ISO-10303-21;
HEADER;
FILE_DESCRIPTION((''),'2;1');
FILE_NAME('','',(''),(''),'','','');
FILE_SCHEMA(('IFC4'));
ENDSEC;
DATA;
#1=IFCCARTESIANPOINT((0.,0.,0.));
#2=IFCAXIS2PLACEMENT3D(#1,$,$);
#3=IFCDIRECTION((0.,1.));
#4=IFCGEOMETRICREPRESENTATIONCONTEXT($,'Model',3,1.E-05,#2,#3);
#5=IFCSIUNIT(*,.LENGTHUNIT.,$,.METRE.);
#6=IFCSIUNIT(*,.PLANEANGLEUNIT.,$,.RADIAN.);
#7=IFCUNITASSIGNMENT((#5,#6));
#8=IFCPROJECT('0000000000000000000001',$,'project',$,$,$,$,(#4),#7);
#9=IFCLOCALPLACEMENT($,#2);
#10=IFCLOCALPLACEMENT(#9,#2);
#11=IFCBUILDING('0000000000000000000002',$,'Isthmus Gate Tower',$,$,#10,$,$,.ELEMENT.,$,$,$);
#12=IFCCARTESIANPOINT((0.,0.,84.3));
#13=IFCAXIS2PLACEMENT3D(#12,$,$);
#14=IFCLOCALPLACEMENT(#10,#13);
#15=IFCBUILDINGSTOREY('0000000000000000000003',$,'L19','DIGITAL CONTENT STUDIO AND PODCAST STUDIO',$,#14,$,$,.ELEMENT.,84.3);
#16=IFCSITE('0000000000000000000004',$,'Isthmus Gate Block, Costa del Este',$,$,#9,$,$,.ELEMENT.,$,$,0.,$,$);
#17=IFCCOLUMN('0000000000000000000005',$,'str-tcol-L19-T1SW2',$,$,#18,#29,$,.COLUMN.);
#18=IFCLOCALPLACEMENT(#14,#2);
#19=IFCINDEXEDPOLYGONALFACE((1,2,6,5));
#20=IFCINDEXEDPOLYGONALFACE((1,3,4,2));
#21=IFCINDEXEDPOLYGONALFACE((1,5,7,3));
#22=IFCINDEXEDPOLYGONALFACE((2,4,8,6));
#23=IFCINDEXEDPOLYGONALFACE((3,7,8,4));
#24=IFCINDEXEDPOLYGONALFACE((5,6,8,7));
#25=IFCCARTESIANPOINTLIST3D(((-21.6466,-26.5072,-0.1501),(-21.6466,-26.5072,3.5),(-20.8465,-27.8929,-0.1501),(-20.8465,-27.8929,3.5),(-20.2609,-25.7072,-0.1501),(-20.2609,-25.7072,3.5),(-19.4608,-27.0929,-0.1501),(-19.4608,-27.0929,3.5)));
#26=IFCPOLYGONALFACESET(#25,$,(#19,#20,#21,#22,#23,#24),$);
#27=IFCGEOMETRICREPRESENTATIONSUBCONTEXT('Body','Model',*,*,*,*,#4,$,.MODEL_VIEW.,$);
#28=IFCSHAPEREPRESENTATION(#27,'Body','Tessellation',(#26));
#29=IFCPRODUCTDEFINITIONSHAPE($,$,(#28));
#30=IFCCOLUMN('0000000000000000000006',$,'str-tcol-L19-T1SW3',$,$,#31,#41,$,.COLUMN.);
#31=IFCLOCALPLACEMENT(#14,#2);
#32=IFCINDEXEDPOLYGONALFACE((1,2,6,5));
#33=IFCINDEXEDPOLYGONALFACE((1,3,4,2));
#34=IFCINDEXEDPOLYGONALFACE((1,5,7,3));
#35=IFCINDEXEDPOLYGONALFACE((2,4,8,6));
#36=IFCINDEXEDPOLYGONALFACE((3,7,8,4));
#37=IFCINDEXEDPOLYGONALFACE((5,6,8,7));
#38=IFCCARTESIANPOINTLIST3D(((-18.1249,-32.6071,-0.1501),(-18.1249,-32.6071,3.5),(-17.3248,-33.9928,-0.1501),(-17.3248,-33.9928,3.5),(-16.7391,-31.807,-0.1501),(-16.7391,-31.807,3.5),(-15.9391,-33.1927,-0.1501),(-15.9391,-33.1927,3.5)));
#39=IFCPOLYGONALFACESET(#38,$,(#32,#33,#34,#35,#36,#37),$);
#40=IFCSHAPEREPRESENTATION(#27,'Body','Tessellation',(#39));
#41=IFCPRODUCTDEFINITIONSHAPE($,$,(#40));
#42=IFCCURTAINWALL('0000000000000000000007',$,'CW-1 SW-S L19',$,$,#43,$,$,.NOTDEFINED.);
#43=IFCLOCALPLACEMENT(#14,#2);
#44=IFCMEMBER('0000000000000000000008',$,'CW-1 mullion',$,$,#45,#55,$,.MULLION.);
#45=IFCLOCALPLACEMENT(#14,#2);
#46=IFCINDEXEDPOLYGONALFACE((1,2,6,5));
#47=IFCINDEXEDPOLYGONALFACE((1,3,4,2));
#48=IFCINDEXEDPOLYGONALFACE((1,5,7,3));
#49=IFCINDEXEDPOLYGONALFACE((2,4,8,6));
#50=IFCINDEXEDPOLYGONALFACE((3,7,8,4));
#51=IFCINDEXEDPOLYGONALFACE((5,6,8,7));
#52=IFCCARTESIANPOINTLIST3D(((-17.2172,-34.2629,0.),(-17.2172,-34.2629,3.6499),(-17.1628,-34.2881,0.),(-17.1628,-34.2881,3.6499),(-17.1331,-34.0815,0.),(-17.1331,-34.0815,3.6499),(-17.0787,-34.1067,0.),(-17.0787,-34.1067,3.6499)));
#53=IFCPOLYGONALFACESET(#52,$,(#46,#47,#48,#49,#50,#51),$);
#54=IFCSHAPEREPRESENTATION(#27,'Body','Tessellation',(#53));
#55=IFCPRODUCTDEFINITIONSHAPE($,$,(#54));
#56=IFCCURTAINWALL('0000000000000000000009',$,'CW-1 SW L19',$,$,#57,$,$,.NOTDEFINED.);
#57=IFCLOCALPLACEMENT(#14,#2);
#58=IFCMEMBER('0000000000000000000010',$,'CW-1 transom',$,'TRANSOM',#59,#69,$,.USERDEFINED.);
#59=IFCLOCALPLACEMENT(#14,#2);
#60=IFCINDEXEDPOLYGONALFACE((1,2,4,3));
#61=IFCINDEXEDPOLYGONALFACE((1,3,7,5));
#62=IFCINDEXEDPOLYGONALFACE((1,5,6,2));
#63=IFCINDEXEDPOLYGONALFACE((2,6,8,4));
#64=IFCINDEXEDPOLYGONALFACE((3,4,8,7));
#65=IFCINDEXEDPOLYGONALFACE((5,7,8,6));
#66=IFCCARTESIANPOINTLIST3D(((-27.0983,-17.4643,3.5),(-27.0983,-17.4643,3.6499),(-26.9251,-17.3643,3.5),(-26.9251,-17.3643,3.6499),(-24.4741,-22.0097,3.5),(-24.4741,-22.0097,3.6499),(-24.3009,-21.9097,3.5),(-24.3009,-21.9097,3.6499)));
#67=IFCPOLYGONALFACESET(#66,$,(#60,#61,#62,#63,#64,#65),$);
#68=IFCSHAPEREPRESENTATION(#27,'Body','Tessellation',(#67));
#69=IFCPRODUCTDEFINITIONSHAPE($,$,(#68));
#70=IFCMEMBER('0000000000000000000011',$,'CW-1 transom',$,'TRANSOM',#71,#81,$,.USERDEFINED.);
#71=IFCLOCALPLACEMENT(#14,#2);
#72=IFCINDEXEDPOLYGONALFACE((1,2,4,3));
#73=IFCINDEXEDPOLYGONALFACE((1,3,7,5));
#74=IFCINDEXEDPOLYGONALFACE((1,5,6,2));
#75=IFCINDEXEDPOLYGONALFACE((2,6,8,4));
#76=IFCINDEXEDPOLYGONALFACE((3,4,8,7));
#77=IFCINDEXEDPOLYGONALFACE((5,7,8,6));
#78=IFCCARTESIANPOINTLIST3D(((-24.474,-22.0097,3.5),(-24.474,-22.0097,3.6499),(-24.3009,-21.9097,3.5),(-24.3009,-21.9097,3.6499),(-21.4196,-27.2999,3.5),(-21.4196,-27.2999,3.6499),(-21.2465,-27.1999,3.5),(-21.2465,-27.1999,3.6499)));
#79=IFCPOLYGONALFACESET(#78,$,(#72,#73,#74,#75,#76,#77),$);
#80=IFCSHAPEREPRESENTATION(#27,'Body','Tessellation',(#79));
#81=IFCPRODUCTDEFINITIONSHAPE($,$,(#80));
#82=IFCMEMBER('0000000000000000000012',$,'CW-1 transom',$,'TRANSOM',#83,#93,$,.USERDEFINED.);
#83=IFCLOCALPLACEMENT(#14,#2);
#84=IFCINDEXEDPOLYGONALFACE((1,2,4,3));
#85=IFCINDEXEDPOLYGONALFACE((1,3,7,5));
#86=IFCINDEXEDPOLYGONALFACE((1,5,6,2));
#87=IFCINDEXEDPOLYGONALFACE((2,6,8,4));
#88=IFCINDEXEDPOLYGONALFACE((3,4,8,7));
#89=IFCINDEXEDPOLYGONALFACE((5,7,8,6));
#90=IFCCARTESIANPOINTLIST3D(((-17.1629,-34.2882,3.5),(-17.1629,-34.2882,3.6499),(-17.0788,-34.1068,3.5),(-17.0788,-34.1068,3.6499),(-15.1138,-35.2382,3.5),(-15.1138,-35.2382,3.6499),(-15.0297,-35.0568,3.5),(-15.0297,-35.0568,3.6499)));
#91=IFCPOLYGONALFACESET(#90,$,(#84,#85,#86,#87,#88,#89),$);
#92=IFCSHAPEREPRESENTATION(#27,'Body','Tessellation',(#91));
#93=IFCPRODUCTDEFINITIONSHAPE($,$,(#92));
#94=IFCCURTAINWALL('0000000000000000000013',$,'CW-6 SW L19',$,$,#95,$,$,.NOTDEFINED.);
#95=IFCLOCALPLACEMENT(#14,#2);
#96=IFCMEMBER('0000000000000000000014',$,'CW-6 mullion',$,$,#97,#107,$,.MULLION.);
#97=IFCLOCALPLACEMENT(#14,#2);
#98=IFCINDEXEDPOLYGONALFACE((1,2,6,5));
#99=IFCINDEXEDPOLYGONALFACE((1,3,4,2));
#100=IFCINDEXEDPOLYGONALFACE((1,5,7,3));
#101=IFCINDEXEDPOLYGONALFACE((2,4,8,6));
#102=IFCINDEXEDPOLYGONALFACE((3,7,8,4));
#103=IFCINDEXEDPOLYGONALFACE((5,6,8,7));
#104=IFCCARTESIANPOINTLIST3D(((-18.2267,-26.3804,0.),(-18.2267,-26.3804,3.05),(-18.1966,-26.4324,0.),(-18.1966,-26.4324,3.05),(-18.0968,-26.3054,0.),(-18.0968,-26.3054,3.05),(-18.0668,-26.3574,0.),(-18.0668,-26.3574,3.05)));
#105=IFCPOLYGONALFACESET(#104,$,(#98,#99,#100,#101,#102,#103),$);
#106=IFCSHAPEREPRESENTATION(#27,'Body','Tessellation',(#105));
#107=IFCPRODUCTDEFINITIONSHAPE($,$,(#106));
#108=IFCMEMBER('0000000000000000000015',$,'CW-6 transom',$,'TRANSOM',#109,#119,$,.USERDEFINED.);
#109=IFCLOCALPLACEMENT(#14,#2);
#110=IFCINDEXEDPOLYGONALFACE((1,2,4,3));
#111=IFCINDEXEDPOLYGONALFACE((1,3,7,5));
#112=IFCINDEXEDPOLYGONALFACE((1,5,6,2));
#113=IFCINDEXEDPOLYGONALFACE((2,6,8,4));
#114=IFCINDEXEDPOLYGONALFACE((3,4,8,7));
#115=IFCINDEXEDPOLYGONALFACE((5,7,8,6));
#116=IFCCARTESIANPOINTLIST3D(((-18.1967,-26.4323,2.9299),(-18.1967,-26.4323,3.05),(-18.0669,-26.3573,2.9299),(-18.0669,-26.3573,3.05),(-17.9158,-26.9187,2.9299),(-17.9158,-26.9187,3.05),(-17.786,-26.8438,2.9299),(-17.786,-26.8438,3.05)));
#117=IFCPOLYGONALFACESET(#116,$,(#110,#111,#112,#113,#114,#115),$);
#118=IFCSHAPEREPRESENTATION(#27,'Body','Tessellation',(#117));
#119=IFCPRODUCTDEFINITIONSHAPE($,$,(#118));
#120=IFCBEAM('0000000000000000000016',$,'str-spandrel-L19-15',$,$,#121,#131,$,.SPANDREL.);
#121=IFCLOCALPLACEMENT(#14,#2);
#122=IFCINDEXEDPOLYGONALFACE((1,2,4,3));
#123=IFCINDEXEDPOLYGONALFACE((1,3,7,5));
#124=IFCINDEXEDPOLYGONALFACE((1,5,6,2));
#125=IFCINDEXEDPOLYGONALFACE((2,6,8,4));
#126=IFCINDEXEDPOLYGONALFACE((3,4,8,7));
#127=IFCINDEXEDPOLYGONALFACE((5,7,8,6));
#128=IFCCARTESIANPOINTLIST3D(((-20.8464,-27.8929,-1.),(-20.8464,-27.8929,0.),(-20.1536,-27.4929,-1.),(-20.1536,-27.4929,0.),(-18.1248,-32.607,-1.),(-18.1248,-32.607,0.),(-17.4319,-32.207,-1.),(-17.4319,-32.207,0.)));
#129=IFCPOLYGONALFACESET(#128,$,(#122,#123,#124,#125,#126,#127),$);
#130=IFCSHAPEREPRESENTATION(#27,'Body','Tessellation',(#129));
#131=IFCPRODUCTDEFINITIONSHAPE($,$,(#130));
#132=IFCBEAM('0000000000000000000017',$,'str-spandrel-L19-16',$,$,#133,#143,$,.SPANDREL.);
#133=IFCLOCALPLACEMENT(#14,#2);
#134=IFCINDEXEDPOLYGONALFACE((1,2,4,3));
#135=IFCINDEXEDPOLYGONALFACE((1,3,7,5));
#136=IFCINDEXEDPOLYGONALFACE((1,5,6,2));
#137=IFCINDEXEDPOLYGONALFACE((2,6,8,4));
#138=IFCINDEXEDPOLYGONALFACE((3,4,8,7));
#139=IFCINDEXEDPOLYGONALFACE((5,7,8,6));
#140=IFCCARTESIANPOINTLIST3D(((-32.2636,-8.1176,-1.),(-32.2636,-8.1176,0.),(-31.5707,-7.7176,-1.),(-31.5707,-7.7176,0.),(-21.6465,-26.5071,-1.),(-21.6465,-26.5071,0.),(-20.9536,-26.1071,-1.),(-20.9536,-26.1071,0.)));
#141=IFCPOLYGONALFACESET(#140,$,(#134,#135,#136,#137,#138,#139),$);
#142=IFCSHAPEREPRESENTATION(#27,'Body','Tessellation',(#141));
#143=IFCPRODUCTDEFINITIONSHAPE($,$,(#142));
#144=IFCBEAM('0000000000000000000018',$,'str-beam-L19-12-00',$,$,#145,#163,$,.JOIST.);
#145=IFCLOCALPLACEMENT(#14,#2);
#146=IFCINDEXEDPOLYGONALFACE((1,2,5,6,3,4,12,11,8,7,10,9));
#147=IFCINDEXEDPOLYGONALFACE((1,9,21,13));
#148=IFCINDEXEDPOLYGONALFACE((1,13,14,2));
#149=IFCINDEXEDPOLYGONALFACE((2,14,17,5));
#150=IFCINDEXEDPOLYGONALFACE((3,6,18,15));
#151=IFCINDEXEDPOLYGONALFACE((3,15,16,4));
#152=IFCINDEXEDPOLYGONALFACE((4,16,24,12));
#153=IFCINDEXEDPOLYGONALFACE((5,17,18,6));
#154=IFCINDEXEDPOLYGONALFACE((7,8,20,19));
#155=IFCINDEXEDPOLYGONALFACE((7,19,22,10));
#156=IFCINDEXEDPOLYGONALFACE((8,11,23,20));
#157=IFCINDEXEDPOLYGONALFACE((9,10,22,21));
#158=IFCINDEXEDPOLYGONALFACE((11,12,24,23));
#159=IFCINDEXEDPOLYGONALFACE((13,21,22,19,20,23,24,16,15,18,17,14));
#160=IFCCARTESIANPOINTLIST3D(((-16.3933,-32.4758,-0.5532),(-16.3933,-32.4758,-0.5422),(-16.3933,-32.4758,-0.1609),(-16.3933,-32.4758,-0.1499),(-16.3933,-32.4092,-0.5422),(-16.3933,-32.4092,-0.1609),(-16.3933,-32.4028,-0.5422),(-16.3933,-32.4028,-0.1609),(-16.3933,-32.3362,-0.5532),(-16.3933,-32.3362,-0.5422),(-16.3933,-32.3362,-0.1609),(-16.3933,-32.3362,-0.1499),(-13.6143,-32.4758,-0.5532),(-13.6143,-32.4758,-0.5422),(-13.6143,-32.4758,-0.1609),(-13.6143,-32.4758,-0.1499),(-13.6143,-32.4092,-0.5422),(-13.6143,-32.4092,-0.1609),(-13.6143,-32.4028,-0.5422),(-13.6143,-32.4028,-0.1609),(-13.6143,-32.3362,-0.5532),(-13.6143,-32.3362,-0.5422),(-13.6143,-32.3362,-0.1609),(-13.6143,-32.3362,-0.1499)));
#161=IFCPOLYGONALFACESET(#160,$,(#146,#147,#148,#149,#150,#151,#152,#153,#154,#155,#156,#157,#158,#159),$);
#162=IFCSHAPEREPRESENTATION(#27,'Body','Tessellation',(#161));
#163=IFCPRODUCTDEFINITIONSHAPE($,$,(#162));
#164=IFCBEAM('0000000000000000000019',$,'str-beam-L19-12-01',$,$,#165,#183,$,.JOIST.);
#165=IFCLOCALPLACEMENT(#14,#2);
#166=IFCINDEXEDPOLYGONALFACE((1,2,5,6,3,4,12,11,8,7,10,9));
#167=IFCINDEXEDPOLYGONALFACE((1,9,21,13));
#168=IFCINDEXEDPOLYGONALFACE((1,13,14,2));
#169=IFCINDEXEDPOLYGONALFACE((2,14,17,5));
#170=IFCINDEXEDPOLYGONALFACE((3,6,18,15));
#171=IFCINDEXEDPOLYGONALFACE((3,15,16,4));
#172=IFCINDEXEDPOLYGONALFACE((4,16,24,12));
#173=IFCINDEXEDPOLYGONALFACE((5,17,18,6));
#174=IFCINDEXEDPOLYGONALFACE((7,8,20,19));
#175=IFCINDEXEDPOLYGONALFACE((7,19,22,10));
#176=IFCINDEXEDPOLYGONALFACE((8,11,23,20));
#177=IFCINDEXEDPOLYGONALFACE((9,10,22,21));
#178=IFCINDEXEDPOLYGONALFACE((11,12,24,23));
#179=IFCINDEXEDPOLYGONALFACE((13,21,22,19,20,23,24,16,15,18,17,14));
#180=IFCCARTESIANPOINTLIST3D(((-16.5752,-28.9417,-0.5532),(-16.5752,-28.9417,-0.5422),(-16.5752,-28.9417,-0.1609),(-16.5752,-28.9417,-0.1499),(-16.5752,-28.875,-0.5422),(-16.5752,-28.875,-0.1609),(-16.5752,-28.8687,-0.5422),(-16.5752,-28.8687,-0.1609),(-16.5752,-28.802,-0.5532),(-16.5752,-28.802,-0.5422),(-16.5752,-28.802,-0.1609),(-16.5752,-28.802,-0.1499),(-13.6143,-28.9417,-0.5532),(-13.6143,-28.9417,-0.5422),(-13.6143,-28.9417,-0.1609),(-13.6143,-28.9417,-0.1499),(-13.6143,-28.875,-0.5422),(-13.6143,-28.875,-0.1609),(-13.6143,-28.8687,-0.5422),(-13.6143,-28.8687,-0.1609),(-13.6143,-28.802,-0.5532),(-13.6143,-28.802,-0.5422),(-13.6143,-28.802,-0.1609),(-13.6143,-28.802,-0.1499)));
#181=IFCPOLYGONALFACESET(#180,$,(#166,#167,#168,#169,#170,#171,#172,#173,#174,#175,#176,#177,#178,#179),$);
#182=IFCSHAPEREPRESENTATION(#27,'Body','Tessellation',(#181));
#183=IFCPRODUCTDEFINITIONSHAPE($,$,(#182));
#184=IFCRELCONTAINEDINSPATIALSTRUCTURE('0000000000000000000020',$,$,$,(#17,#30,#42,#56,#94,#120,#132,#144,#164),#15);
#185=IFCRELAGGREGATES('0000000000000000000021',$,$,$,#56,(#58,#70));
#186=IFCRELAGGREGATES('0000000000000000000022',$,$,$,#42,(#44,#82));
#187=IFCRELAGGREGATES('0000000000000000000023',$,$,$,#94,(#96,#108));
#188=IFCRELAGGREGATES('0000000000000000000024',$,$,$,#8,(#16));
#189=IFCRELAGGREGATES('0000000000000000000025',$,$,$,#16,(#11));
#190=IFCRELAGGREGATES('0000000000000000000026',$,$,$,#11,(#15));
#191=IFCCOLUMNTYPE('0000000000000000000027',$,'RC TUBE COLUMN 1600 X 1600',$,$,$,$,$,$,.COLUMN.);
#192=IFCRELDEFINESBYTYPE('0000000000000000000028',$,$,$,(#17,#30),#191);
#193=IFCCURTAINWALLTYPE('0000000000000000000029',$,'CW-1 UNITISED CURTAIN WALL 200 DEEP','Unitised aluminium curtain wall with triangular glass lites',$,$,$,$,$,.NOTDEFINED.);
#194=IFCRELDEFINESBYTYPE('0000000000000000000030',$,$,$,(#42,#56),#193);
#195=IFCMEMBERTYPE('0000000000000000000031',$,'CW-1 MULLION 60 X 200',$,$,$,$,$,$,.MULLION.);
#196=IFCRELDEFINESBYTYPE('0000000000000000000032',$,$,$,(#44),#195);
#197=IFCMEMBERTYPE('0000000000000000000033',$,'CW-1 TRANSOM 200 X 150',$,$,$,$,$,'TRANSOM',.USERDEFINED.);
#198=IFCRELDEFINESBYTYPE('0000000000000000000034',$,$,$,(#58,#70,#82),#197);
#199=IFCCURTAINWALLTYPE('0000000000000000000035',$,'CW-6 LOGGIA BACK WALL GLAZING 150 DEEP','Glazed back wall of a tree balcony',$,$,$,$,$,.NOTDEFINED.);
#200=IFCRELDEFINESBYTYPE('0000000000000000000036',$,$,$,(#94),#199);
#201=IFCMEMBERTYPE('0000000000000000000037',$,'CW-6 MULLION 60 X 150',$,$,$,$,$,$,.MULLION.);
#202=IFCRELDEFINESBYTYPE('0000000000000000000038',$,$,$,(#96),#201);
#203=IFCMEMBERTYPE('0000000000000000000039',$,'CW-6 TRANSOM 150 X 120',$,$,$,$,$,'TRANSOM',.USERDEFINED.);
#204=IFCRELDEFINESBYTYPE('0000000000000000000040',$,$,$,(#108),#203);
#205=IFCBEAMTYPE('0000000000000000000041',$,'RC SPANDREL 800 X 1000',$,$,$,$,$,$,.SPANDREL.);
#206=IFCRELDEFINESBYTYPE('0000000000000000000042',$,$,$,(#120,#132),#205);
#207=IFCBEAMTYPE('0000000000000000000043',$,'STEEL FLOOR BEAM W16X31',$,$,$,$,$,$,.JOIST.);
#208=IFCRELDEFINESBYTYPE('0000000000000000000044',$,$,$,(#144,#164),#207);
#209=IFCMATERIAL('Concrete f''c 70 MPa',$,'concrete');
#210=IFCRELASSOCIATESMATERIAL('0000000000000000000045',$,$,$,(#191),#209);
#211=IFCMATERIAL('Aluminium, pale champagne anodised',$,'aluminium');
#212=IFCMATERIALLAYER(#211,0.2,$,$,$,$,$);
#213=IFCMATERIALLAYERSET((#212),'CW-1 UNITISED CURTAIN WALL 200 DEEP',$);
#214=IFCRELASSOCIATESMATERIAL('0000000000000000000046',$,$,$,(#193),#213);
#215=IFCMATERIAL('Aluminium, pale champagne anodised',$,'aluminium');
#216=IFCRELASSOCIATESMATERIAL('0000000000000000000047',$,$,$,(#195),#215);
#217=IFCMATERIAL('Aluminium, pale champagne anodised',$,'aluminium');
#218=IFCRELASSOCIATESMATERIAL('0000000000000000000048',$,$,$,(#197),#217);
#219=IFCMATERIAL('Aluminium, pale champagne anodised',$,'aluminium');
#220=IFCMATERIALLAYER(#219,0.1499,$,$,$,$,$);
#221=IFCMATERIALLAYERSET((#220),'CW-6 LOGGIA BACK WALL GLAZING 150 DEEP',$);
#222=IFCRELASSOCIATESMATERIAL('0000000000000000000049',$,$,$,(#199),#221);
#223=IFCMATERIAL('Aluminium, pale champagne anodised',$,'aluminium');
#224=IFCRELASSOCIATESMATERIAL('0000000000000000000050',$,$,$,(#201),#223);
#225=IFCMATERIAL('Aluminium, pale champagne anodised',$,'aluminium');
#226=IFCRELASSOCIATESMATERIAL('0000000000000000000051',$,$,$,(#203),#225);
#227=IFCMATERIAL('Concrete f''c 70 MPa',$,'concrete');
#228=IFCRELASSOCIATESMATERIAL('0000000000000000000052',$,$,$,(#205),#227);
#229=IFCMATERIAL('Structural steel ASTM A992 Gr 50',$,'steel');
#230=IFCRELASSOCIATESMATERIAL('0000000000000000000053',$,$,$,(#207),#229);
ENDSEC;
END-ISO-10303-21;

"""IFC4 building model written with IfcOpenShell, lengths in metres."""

from ifc_helpers import new_model, si_unit, direction, frame, origin, origin_2d, place, context, subcontext, project, spatial, rectangle, i_section, extrude, material, layer, layer_set, material_profile, profile_set, type_object, element, aggregate, save


model = new_model("IFC4")

# Units and contexts
model_context = context("Model", 3, precision=1e-05, world=origin(), true_north=direction((0.0, 1.0)))
body_context = subcontext(model_context, "Body", "Model", "MODEL_VIEW")
ifc_project = project(units=[si_unit("LENGTHUNIT", "METRE"), si_unit("PLANEANGLEUNIT", "RADIAN")], contexts=[model_context])

# Site, building, storey
site_placement = place(None, origin())
site = spatial("IfcSite", under=ifc_project, at=site_placement, Name="Isthmus Gate Block, Costa del Este", CompositionType="ELEMENT", RefElevation=0.0)
building_placement = place(site_placement, origin())
building = spatial("IfcBuilding", under=site, at=building_placement, Name="Isthmus Gate Tower", CompositionType="ELEMENT")
storey_placement = place(building_placement, frame((0.0, 0.0, 84.3)))
storey = spatial("IfcBuildingStorey", under=building, at=storey_placement, Name="L19", Description="DIGITAL CONTENT STUDIO AND PODCAST STUDIO", CompositionType="ELEMENT", Elevation=84.3)

# Columns
ifc_material_1 = material(Name="Concrete f'c 70 MPa", Category="concrete")
ifc_material_profile_1 = material_profile(ifc_material_1, rectangle(XDim=1.6001, YDim=1.6001, at=origin_2d()), Name="RC 1600X1600")
ifc_profile_set_1 = profile_set([ifc_material_profile_1], Name="Concrete f'c 70 MPa")
column_type = type_object("IfcColumnType", Name="RC TUBE COLUMN 1600 X 1600", PredefinedType="COLUMN", material=ifc_profile_set_1)
for number, where, z_axis, x_axis, name in (
    (1, (-20.5537, -26.8, -0.1501), (0.0, 0.0, 1.0), (0.5, -0.866025, 0.0), "str-tcol-L19-T1SW2"),
    (2, (-17.032, -32.8999, -0.1501), (0.0, 0.0, 1.0), (0.5, -0.866025, 0.0), "str-tcol-L19-T1SW3"),
):
    element("IfcColumn", number, at=place(storey_placement, frame(where, z_axis=z_axis, x_axis=x_axis)), inside=storey, type_object=column_type, Name=name, PredefinedType="COLUMN", context=body_context, shape_type="SweptSolid", body=[
        extrude(rectangle(XDim=1.6001, YDim=1.6001, at=origin_2d()), origin(), (0.0, 0.0, 1.0), 3.6501),
    ])

# Curtain wall, member
ifc_material_2 = material(Name="Aluminium, pale champagne anodised", Category="aluminium")
ifc_layer_1 = layer(ifc_material_2, 0.2)
ifc_layer_set_1 = layer_set([ifc_layer_1], Name="CW-1 UNITISED CURTAIN WALL 200 DEEP")
curtain_wall_type_1 = type_object("IfcCurtainWallType", Name="CW-1 UNITISED CURTAIN WALL 200 DEEP", Description="Unitised aluminium curtain wall with triangular glass lites", PredefinedType="NOTDEFINED", material=ifc_layer_set_1)
curtain_wall_1_placement = place(storey_placement, origin())
curtain_wall_1 = element("IfcCurtainWall", 3, at=curtain_wall_1_placement, inside=storey, type_object=curtain_wall_type_1, Name="CW-1 SW-S L19", PredefinedType="NOTDEFINED")
ifc_material_3 = material(Name="Aluminium, pale champagne anodised", Category="aluminium")
ifc_material_profile_2 = material_profile(ifc_material_3, rectangle(XDim=0.0601, YDim=0.2, at=origin_2d()), Name="60x200")
ifc_profile_set_2 = profile_set([ifc_material_profile_2], Name="Aluminium, pale champagne anodised")
member_type_1 = type_object("IfcMemberType", Name="CW-1 MULLION 60 X 200", PredefinedType="MULLION", material=ifc_profile_set_2)
member_1_placement = place(storey_placement, frame((-17.1479, -34.1848, 0.0), z_axis=(0.0, 0.0, 1.0), x_axis=(0.907256, -0.420578, 0.0)))
member_1 = element("IfcMember", 4, at=member_1_placement, type_object=member_type_1, Name="CW-1 mullion", PredefinedType="MULLION", context=body_context, shape_type="SweptSolid", body=[
    extrude(rectangle(XDim=0.0601, YDim=0.2, at=origin_2d()), origin(), (0.0, 0.0, 1.0), 3.6499),
])

# Curtain wall, members
curtain_wall_2_placement = place(storey_placement, origin())
curtain_wall_2 = element("IfcCurtainWall", 5, at=curtain_wall_2_placement, inside=storey, type_object=curtain_wall_type_1, Name="CW-1 SW L19", PredefinedType="NOTDEFINED")
ifc_material_4 = material(Name="Aluminium, pale champagne anodised", Category="aluminium")
ifc_material_profile_3 = material_profile(ifc_material_4, rectangle(XDim=0.2, YDim=0.1499, at=origin_2d()), Name="200x150")
ifc_profile_set_3 = profile_set([ifc_material_profile_3], Name="Aluminium, pale champagne anodised")
member_type_2 = type_object("IfcMemberType", Name="CW-1 TRANSOM 200 X 150", ElementType="TRANSOM", PredefinedType="USERDEFINED", material=ifc_profile_set_3)
member_2_placement = place(storey_placement, frame((-27.0117, -17.4143, 3.575), z_axis=(0.499996, -0.866028, 0.0), x_axis=(0.866028, 0.499996, 0.0)))
member_2 = element("IfcMember", 6, at=member_2_placement, type_object=member_type_2, Name="CW-1 transom", ObjectType="TRANSOM", PredefinedType="USERDEFINED", context=body_context, shape_type="SweptSolid", body=[
    extrude(rectangle(XDim=0.2, YDim=0.1499, at=origin_2d()), origin(), (0.0, 0.0, 1.0), 5.2485),
])
member_3_placement = place(storey_placement, frame((-24.3875, -21.9597, 3.575), z_axis=(0.500012, -0.866019, 0.0), x_axis=(0.866019, 0.500012, 0.0)))
member_3 = element("IfcMember", 7, at=member_3_placement, type_object=member_type_2, Name="CW-1 transom", ObjectType="TRANSOM", PredefinedType="USERDEFINED", context=body_context, shape_type="SweptSolid", body=[
    extrude(rectangle(XDim=0.2, YDim=0.1499, at=origin_2d()), origin(), (0.0, 0.0, 1.0), 6.1086),
])

# Member
member_4_placement = place(storey_placement, frame((-17.1208, -34.1975, 3.575), z_axis=(0.907246, -0.4206, 0.0), x_axis=(0.4206, 0.907246, 0.0)))
member_4 = element("IfcMember", 8, at=member_4_placement, type_object=member_type_2, Name="CW-1 transom", ObjectType="TRANSOM", PredefinedType="USERDEFINED", context=body_context, shape_type="SweptSolid", body=[
    extrude(rectangle(XDim=0.2, YDim=0.1499, at=origin_2d()), origin(), (0.0, 0.0, 1.0), 2.2585),
])

# Curtain wall, members
ifc_material_5 = material(Name="Aluminium, pale champagne anodised", Category="aluminium")
ifc_layer_2 = layer(ifc_material_5, 0.1499)
ifc_layer_set_2 = layer_set([ifc_layer_2], Name="CW-6 LOGGIA BACK WALL GLAZING 150 DEEP")
curtain_wall_type_2 = type_object("IfcCurtainWallType", Name="CW-6 LOGGIA BACK WALL GLAZING 150 DEEP", Description="Glazed back wall of a tree balcony", PredefinedType="NOTDEFINED", material=ifc_layer_set_2)
curtain_wall_3_placement = place(storey_placement, origin())
curtain_wall_3 = element("IfcCurtainWall", 9, at=curtain_wall_3_placement, inside=storey, type_object=curtain_wall_type_2, Name="CW-6 SW L19", PredefinedType="NOTDEFINED")
ifc_material_6 = material(Name="Aluminium, pale champagne anodised", Category="aluminium")
ifc_material_profile_4 = material_profile(ifc_material_6, rectangle(XDim=0.0601, YDim=0.1499, at=origin_2d()), Name="60x150")
ifc_profile_set_4 = profile_set([ifc_material_profile_4], Name="Aluminium, pale champagne anodised")
member_type_3 = type_object("IfcMemberType", Name="CW-6 MULLION 60 X 150", PredefinedType="MULLION", material=ifc_profile_set_4)
member_5_placement = place(storey_placement, frame((-18.1467, -26.3689, 0.0), z_axis=(0.0, 0.0, 1.0), x_axis=(0.5, -0.866025, 0.0)))
member_5 = element("IfcMember", 10, at=member_5_placement, type_object=member_type_3, Name="CW-6 mullion", PredefinedType="MULLION", context=body_context, shape_type="SweptSolid", body=[
    extrude(rectangle(XDim=0.0601, YDim=0.1499, at=origin_2d()), origin(), (0.0, 0.0, 1.0), 3.05),
])
ifc_material_7 = material(Name="Aluminium, pale champagne anodised", Category="aluminium")
ifc_material_profile_5 = material_profile(ifc_material_7, rectangle(XDim=0.1499, YDim=0.1201, at=origin_2d()), Name="150x120")
ifc_profile_set_5 = profile_set([ifc_material_profile_5], Name="Aluminium, pale champagne anodised")
member_type_4 = type_object("IfcMemberType", Name="CW-6 TRANSOM 150 X 120", ElementType="TRANSOM", PredefinedType="USERDEFINED", material=ifc_profile_set_5)
member_6_placement = place(storey_placement, frame((-18.1318, -26.3948, 2.99), z_axis=(0.500111, -0.865961, 0.0), x_axis=(0.865961, 0.500111, 0.0)))
member_6 = element("IfcMember", 11, at=member_6_placement, type_object=member_type_4, Name="CW-6 transom", ObjectType="TRANSOM", PredefinedType="USERDEFINED", context=body_context, shape_type="SweptSolid", body=[
    extrude(rectangle(XDim=0.1499, YDim=0.1201, at=origin_2d()), origin(), (0.0, 0.0, 1.0), 0.5618),
])

# Beams
ifc_material_8 = material(Name="Concrete f'c 70 MPa", Category="concrete")
ifc_material_profile_6 = material_profile(ifc_material_8, rectangle(XDim=0.8, YDim=1.0, at=origin_2d()), Name="RC 800X1000")
ifc_profile_set_6 = profile_set([ifc_material_profile_6], Name="Concrete f'c 70 MPa")
beam_type_1 = type_object("IfcBeamType", Name="RC SPANDREL 800 X 1000", PredefinedType="SPANDREL", material=ifc_profile_set_6)
beam_1_placement = place(storey_placement, frame((-17.7783, -32.407, -0.5), z_axis=(-0.499998, 0.866026, 0.0), x_axis=(-0.866026, -0.499998, 0.0)))
element("IfcBeam", 12, at=beam_1_placement, inside=storey, type_object=beam_type_1, Name="str-spandrel-L19-15", PredefinedType="SPANDREL", context=body_context, shape_type="SweptSolid", body=[
    extrude(rectangle(XDim=0.8, YDim=1.0, at=origin_2d()), origin(), (0.0, 0.0, 1.0), 5.4434),
])
beam_2_placement = place(storey_placement, frame((-21.3, -26.3071, -0.5), z_axis=(-0.499997, 0.866027, 0.0), x_axis=(-0.866027, -0.499997, 0.0)))
element("IfcBeam", 13, at=beam_2_placement, inside=storey, type_object=beam_type_1, Name="str-spandrel-L19-16", PredefinedType="SPANDREL", context=body_context, shape_type="SweptSolid", body=[
    extrude(rectangle(XDim=0.8, YDim=1.0, at=origin_2d()), origin(), (0.0, 0.0, 1.0), 21.2344),
])
ifc_material_9 = material(Name="Structural steel ASTM A992 Gr 50", Category="steel")
ifc_material_profile_7 = material_profile(ifc_material_9, i_section(OverallWidth=0.1396, OverallDepth=0.4033, WebThickness=0.0063, FlangeThickness=0.011, at=origin_2d()), Name="W16X31")
ifc_profile_set_7 = profile_set([ifc_material_profile_7], Name="Structural steel ASTM A992 Gr 50")
beam_type_2 = type_object("IfcBeamType", Name="STEEL FLOOR BEAM W16X31", PredefinedType="JOIST", material=ifc_profile_set_7)
beam_3_placement = place(storey_placement, frame((-16.3933, -32.406, -0.3516), z_axis=(1.0, 0.0, 0.0), x_axis=(0.0, 1.0, 0.0)))
element("IfcBeam", 14, at=beam_3_placement, inside=storey, type_object=beam_type_2, Name="str-beam-L19-12-00", PredefinedType="JOIST", context=body_context, shape_type="SweptSolid", body=[
    extrude(i_section(OverallWidth=0.1396, OverallDepth=0.4033, WebThickness=0.0063, FlangeThickness=0.011, at=origin_2d()), origin(), (0.0, 0.0, 1.0), 2.7791),
])
beam_4_placement = place(storey_placement, frame((-16.5752, -28.8718, -0.3516), z_axis=(1.0, 0.0, 0.0), x_axis=(0.0, 1.0, 0.0)))
element("IfcBeam", 15, at=beam_4_placement, inside=storey, type_object=beam_type_2, Name="str-beam-L19-12-01", PredefinedType="JOIST", context=body_context, shape_type="SweptSolid", body=[
    extrude(i_section(OverallWidth=0.1396, OverallDepth=0.4033, WebThickness=0.0063, FlangeThickness=0.011, at=origin_2d()), origin(), (0.0, 0.0, 1.0), 2.9609),
])

aggregate(curtain_wall_2, [member_2, member_3])
aggregate(curtain_wall_1, [member_1, member_4])
aggregate(curtain_wall_3, [member_5, member_6])

save(model, "model.ifc")
